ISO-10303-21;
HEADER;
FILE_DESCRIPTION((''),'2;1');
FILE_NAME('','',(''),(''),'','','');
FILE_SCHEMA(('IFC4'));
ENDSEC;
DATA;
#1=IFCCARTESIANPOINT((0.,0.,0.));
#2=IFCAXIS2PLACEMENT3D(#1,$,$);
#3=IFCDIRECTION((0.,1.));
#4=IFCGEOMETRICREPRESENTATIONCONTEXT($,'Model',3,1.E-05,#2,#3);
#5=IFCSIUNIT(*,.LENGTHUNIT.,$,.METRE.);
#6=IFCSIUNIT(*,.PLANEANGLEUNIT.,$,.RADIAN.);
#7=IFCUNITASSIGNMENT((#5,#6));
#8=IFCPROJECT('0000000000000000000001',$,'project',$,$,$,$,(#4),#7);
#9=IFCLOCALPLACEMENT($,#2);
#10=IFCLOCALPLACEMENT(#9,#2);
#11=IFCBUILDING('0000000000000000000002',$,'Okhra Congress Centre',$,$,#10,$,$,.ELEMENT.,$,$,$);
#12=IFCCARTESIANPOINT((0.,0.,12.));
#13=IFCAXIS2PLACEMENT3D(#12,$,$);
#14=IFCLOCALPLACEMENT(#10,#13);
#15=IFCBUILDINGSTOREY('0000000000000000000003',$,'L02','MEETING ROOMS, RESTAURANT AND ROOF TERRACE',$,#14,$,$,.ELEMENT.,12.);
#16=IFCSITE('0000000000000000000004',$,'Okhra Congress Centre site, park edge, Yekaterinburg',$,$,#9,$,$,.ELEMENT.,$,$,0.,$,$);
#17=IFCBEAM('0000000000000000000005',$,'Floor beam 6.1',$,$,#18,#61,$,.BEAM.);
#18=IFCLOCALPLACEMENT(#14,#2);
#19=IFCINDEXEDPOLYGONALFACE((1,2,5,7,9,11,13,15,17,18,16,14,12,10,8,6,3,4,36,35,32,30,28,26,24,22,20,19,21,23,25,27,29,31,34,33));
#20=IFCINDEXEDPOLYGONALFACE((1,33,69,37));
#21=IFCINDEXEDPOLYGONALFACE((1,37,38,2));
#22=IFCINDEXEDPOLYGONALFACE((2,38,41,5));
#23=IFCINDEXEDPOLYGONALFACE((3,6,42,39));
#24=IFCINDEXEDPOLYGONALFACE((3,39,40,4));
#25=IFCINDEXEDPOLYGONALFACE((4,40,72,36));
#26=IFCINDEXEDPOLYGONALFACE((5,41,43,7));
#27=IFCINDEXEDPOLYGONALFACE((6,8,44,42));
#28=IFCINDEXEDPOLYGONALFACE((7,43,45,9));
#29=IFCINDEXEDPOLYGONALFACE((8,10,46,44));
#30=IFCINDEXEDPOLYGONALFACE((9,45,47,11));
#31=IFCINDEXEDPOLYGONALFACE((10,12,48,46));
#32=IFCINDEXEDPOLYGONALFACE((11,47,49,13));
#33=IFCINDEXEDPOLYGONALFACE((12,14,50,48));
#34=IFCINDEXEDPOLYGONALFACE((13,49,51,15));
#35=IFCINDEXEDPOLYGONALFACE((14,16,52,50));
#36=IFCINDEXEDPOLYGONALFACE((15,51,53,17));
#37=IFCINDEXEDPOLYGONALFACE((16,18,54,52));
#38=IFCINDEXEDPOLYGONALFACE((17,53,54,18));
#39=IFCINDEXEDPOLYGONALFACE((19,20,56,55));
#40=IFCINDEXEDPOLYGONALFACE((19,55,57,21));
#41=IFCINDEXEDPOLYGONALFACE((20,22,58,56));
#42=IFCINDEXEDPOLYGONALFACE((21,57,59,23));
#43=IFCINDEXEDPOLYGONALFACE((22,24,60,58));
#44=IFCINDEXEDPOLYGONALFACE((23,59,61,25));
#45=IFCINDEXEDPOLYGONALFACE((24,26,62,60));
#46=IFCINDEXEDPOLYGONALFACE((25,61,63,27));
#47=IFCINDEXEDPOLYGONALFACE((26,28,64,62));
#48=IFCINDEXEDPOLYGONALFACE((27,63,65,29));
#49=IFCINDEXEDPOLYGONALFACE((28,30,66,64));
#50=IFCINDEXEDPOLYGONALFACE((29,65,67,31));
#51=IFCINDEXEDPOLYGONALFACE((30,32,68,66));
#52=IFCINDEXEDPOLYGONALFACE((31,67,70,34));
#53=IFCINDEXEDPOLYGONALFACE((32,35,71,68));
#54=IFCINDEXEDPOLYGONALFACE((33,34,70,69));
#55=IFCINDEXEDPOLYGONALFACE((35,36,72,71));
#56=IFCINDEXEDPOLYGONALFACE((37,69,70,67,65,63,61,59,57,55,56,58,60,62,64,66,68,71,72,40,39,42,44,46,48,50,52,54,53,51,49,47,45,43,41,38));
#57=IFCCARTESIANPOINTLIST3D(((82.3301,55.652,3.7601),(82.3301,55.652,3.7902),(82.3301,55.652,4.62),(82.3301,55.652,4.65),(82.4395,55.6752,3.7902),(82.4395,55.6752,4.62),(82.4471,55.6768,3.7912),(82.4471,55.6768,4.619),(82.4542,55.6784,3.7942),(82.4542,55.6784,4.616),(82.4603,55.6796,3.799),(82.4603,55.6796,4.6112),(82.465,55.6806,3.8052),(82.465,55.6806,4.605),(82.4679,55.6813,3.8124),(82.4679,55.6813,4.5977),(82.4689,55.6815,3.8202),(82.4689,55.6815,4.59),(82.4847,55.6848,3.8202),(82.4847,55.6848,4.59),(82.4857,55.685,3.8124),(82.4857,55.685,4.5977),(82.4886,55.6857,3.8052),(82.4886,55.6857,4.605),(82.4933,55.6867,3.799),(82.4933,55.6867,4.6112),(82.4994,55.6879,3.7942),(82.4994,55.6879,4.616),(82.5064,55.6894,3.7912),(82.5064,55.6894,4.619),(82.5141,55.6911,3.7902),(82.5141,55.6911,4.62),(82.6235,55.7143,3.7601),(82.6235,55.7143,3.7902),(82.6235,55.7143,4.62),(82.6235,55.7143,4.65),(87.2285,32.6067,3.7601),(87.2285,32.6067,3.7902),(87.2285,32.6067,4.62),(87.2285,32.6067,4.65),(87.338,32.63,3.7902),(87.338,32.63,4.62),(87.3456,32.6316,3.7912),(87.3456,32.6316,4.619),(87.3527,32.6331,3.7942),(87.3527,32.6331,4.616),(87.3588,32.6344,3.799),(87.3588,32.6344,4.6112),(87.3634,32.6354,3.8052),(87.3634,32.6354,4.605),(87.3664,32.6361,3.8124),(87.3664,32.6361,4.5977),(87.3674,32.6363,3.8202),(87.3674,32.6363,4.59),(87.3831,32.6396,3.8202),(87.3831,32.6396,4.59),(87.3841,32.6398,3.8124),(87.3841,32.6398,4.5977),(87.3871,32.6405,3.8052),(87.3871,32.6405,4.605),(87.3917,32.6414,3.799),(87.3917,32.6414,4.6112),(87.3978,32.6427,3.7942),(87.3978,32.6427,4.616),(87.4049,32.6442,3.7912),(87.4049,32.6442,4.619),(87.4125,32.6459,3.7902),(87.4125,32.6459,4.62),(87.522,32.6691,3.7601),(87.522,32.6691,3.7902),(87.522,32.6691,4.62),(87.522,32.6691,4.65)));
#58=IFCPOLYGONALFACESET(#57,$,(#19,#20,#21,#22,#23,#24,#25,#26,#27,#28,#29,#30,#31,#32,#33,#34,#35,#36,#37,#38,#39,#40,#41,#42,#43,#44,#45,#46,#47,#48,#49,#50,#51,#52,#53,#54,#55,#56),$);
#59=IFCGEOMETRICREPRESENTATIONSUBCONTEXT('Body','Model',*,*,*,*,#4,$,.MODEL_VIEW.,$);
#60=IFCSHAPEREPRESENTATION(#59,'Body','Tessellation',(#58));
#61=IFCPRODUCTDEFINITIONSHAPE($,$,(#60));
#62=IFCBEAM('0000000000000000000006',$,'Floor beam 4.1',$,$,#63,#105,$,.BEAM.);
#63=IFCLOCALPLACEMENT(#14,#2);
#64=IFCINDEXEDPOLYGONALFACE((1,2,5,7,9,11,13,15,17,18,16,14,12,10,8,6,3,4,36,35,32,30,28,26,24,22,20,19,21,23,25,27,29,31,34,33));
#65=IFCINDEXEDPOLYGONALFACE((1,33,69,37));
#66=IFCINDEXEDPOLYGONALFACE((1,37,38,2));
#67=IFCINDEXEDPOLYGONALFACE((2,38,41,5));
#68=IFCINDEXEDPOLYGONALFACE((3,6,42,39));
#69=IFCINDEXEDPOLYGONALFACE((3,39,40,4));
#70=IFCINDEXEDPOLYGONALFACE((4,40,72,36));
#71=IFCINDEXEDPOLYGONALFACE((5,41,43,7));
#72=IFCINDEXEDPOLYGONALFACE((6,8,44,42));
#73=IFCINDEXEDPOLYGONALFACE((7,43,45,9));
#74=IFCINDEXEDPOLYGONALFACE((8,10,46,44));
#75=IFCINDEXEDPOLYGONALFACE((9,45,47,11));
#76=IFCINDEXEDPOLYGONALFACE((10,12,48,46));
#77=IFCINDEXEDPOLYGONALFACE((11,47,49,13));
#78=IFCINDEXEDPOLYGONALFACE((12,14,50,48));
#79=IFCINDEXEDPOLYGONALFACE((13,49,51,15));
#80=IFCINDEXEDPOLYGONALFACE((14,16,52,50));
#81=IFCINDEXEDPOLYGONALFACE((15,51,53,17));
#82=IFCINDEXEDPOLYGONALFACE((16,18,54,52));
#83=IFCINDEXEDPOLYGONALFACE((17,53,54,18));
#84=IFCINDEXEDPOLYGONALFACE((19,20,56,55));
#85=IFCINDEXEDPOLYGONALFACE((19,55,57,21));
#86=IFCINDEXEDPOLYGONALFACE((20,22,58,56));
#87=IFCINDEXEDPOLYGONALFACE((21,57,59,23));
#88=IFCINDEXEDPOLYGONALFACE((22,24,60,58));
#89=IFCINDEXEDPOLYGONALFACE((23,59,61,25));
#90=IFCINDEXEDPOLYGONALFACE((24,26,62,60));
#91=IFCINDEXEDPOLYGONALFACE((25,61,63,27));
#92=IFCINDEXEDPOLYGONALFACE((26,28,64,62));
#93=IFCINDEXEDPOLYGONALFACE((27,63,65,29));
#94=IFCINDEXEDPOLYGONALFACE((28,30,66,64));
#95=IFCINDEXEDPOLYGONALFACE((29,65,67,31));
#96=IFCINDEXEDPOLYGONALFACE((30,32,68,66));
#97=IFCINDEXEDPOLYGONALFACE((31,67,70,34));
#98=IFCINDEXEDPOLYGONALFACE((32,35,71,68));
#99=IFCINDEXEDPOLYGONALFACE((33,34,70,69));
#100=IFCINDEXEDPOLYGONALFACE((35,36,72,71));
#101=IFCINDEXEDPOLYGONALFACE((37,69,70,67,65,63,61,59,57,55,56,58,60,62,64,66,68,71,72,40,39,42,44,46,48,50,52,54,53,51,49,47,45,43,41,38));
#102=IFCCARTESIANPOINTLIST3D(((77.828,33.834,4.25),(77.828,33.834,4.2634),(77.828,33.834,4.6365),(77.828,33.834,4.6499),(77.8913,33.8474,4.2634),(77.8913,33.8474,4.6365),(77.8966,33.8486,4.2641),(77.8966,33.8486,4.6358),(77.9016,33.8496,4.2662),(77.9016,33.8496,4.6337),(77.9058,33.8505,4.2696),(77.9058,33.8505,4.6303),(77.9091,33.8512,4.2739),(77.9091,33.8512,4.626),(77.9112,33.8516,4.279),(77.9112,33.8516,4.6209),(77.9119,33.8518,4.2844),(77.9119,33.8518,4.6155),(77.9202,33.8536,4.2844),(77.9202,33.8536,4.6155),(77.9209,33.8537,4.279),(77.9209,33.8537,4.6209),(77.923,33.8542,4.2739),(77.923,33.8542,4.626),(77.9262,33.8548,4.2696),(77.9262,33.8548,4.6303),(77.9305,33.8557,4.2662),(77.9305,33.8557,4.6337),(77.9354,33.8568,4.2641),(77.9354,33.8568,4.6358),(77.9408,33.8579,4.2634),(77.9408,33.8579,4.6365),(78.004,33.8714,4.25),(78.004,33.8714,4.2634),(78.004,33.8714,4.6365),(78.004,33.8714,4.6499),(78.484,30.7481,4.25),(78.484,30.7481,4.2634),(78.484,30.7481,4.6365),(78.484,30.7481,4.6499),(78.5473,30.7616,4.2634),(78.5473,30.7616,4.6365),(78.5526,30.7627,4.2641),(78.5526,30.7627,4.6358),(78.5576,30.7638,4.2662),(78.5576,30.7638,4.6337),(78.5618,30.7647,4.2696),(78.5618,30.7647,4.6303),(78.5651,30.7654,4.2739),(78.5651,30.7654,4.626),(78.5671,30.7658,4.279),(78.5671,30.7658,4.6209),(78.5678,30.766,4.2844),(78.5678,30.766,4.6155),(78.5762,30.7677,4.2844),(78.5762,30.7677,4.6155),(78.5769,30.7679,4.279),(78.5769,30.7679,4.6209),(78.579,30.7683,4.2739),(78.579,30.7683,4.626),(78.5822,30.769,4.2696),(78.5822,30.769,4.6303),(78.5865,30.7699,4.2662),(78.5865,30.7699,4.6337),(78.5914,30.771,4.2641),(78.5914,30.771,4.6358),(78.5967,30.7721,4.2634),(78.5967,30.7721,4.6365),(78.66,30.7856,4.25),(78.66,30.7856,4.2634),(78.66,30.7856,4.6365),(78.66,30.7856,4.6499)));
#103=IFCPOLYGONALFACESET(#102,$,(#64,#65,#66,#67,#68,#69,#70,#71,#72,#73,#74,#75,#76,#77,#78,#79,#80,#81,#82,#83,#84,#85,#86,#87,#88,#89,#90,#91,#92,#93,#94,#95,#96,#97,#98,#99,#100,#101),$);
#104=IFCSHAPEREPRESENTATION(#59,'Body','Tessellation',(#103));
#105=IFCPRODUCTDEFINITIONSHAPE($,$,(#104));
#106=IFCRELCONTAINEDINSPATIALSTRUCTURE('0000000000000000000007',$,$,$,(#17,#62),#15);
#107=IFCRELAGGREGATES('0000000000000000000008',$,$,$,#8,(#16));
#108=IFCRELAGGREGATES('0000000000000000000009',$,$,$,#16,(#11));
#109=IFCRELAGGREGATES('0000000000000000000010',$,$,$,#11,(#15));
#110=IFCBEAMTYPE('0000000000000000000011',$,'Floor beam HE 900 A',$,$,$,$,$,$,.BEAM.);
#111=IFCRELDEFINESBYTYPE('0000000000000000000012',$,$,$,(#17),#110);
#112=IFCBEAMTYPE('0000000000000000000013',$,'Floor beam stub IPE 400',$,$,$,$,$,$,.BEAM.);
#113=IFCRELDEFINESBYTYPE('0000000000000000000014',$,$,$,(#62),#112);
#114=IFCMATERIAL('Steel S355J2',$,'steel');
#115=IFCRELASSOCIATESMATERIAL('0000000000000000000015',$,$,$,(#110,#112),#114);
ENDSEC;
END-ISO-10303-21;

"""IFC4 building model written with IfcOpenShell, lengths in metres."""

from ifc_helpers import new_model, si_unit, direction, frame, origin, origin_2d, place, context, subcontext, project, spatial, i_section, extrude, material, material_profile, profile_set, type_object, element, save


model = new_model("IFC4")

# Units and contexts
model_context = context("Model", 3, precision=1e-05, world=origin(), true_north=direction((0.0, 1.0)))
body_context = subcontext(model_context, "Body", "Model", "MODEL_VIEW")
ifc_project = project(units=[si_unit("LENGTHUNIT", "METRE"), si_unit("PLANEANGLEUNIT", "RADIAN")], contexts=[model_context])

# Site, building, storey
site_placement = place(None, origin())
site = spatial("IfcSite", under=ifc_project, at=site_placement, Name="Okhra Congress Centre site, park edge, Yekaterinburg", CompositionType="ELEMENT", RefElevation=0.0)
building_placement = place(site_placement, origin())
building = spatial("IfcBuilding", under=site, at=building_placement, Name="Okhra Congress Centre", CompositionType="ELEMENT")
storey_placement = place(building_placement, frame((0.0, 0.0, 12.0)))
storey = spatial("IfcBuildingStorey", under=building, at=storey_placement, Name="L02", Description="MEETING ROOMS, RESTAURANT AND ROOF TERRACE", CompositionType="ELEMENT", Elevation=12.0)

# Shared definitions
ifc_material_1 = material(Name="Steel S355J2", Category="steel")

# Beams
ifc_material_profile_1 = material_profile(ifc_material_1, i_section(OverallWidth=0.3, OverallDepth=0.8899, WebThickness=0.0161, FlangeThickness=0.03, FilletRadius=0.03, at=origin_2d()), Name="HE 900 A")
ifc_profile_set_1 = profile_set([ifc_material_profile_1], Name="Steel S355J2")
beam_type_1 = type_object("IfcBeamType", Name="Floor beam HE 900 A", PredefinedType="BEAM", material=ifc_profile_set_1)
for number, where, z_axis, x_axis, name in (
    (1, (87.3752, 32.6379, 4.2051), (-0.207913, 0.978147, 0.0), (-0.978147, -0.207913, 0.0), "Floor beam 6.1"),
):
    element("IfcBeam", number, at=place(storey_placement, frame(where, z_axis=z_axis, x_axis=x_axis)), inside=storey, type_object=beam_type_1, Name=name, PredefinedType="BEAM", context=body_context, shape_type="SweptSolid", body=[
        extrude(i_section(OverallWidth=0.3, OverallDepth=0.8899, WebThickness=0.0161, FlangeThickness=0.03, FilletRadius=0.03, at=origin_2d()), origin(), (0.0, 0.0, 1.0), 23.5601),
    ])
ifc_material_profile_2 = material_profile(ifc_material_1, i_section(OverallWidth=0.1799, OverallDepth=0.3999, WebThickness=0.0085, FlangeThickness=0.0134, FilletRadius=0.021, at=origin_2d()), Name="IPE 400")
ifc_profile_set_2 = profile_set([ifc_material_profile_2], Name="Steel S355J2")
beam_type_2 = type_object("IfcBeamType", Name="Floor beam stub IPE 400", PredefinedType="BEAM", material=ifc_profile_set_2)
beam_1_placement = place(storey_placement, frame((78.572, 30.7668, 4.45), z_axis=(-0.207933, 0.978143, 0.0), x_axis=(-0.978143, -0.207933, 0.0)))
element("IfcBeam", 2, at=beam_1_placement, inside=storey, type_object=beam_type_2, Name="Floor beam 4.1", PredefinedType="BEAM", context=body_context, shape_type="SweptSolid", body=[
    extrude(i_section(OverallWidth=0.1799, OverallDepth=0.3999, WebThickness=0.0085, FlangeThickness=0.0134, FilletRadius=0.021, at=origin_2d()), origin(), (0.0, 0.0, 1.0), 3.1548),
])

save(model, "model.ifc")
